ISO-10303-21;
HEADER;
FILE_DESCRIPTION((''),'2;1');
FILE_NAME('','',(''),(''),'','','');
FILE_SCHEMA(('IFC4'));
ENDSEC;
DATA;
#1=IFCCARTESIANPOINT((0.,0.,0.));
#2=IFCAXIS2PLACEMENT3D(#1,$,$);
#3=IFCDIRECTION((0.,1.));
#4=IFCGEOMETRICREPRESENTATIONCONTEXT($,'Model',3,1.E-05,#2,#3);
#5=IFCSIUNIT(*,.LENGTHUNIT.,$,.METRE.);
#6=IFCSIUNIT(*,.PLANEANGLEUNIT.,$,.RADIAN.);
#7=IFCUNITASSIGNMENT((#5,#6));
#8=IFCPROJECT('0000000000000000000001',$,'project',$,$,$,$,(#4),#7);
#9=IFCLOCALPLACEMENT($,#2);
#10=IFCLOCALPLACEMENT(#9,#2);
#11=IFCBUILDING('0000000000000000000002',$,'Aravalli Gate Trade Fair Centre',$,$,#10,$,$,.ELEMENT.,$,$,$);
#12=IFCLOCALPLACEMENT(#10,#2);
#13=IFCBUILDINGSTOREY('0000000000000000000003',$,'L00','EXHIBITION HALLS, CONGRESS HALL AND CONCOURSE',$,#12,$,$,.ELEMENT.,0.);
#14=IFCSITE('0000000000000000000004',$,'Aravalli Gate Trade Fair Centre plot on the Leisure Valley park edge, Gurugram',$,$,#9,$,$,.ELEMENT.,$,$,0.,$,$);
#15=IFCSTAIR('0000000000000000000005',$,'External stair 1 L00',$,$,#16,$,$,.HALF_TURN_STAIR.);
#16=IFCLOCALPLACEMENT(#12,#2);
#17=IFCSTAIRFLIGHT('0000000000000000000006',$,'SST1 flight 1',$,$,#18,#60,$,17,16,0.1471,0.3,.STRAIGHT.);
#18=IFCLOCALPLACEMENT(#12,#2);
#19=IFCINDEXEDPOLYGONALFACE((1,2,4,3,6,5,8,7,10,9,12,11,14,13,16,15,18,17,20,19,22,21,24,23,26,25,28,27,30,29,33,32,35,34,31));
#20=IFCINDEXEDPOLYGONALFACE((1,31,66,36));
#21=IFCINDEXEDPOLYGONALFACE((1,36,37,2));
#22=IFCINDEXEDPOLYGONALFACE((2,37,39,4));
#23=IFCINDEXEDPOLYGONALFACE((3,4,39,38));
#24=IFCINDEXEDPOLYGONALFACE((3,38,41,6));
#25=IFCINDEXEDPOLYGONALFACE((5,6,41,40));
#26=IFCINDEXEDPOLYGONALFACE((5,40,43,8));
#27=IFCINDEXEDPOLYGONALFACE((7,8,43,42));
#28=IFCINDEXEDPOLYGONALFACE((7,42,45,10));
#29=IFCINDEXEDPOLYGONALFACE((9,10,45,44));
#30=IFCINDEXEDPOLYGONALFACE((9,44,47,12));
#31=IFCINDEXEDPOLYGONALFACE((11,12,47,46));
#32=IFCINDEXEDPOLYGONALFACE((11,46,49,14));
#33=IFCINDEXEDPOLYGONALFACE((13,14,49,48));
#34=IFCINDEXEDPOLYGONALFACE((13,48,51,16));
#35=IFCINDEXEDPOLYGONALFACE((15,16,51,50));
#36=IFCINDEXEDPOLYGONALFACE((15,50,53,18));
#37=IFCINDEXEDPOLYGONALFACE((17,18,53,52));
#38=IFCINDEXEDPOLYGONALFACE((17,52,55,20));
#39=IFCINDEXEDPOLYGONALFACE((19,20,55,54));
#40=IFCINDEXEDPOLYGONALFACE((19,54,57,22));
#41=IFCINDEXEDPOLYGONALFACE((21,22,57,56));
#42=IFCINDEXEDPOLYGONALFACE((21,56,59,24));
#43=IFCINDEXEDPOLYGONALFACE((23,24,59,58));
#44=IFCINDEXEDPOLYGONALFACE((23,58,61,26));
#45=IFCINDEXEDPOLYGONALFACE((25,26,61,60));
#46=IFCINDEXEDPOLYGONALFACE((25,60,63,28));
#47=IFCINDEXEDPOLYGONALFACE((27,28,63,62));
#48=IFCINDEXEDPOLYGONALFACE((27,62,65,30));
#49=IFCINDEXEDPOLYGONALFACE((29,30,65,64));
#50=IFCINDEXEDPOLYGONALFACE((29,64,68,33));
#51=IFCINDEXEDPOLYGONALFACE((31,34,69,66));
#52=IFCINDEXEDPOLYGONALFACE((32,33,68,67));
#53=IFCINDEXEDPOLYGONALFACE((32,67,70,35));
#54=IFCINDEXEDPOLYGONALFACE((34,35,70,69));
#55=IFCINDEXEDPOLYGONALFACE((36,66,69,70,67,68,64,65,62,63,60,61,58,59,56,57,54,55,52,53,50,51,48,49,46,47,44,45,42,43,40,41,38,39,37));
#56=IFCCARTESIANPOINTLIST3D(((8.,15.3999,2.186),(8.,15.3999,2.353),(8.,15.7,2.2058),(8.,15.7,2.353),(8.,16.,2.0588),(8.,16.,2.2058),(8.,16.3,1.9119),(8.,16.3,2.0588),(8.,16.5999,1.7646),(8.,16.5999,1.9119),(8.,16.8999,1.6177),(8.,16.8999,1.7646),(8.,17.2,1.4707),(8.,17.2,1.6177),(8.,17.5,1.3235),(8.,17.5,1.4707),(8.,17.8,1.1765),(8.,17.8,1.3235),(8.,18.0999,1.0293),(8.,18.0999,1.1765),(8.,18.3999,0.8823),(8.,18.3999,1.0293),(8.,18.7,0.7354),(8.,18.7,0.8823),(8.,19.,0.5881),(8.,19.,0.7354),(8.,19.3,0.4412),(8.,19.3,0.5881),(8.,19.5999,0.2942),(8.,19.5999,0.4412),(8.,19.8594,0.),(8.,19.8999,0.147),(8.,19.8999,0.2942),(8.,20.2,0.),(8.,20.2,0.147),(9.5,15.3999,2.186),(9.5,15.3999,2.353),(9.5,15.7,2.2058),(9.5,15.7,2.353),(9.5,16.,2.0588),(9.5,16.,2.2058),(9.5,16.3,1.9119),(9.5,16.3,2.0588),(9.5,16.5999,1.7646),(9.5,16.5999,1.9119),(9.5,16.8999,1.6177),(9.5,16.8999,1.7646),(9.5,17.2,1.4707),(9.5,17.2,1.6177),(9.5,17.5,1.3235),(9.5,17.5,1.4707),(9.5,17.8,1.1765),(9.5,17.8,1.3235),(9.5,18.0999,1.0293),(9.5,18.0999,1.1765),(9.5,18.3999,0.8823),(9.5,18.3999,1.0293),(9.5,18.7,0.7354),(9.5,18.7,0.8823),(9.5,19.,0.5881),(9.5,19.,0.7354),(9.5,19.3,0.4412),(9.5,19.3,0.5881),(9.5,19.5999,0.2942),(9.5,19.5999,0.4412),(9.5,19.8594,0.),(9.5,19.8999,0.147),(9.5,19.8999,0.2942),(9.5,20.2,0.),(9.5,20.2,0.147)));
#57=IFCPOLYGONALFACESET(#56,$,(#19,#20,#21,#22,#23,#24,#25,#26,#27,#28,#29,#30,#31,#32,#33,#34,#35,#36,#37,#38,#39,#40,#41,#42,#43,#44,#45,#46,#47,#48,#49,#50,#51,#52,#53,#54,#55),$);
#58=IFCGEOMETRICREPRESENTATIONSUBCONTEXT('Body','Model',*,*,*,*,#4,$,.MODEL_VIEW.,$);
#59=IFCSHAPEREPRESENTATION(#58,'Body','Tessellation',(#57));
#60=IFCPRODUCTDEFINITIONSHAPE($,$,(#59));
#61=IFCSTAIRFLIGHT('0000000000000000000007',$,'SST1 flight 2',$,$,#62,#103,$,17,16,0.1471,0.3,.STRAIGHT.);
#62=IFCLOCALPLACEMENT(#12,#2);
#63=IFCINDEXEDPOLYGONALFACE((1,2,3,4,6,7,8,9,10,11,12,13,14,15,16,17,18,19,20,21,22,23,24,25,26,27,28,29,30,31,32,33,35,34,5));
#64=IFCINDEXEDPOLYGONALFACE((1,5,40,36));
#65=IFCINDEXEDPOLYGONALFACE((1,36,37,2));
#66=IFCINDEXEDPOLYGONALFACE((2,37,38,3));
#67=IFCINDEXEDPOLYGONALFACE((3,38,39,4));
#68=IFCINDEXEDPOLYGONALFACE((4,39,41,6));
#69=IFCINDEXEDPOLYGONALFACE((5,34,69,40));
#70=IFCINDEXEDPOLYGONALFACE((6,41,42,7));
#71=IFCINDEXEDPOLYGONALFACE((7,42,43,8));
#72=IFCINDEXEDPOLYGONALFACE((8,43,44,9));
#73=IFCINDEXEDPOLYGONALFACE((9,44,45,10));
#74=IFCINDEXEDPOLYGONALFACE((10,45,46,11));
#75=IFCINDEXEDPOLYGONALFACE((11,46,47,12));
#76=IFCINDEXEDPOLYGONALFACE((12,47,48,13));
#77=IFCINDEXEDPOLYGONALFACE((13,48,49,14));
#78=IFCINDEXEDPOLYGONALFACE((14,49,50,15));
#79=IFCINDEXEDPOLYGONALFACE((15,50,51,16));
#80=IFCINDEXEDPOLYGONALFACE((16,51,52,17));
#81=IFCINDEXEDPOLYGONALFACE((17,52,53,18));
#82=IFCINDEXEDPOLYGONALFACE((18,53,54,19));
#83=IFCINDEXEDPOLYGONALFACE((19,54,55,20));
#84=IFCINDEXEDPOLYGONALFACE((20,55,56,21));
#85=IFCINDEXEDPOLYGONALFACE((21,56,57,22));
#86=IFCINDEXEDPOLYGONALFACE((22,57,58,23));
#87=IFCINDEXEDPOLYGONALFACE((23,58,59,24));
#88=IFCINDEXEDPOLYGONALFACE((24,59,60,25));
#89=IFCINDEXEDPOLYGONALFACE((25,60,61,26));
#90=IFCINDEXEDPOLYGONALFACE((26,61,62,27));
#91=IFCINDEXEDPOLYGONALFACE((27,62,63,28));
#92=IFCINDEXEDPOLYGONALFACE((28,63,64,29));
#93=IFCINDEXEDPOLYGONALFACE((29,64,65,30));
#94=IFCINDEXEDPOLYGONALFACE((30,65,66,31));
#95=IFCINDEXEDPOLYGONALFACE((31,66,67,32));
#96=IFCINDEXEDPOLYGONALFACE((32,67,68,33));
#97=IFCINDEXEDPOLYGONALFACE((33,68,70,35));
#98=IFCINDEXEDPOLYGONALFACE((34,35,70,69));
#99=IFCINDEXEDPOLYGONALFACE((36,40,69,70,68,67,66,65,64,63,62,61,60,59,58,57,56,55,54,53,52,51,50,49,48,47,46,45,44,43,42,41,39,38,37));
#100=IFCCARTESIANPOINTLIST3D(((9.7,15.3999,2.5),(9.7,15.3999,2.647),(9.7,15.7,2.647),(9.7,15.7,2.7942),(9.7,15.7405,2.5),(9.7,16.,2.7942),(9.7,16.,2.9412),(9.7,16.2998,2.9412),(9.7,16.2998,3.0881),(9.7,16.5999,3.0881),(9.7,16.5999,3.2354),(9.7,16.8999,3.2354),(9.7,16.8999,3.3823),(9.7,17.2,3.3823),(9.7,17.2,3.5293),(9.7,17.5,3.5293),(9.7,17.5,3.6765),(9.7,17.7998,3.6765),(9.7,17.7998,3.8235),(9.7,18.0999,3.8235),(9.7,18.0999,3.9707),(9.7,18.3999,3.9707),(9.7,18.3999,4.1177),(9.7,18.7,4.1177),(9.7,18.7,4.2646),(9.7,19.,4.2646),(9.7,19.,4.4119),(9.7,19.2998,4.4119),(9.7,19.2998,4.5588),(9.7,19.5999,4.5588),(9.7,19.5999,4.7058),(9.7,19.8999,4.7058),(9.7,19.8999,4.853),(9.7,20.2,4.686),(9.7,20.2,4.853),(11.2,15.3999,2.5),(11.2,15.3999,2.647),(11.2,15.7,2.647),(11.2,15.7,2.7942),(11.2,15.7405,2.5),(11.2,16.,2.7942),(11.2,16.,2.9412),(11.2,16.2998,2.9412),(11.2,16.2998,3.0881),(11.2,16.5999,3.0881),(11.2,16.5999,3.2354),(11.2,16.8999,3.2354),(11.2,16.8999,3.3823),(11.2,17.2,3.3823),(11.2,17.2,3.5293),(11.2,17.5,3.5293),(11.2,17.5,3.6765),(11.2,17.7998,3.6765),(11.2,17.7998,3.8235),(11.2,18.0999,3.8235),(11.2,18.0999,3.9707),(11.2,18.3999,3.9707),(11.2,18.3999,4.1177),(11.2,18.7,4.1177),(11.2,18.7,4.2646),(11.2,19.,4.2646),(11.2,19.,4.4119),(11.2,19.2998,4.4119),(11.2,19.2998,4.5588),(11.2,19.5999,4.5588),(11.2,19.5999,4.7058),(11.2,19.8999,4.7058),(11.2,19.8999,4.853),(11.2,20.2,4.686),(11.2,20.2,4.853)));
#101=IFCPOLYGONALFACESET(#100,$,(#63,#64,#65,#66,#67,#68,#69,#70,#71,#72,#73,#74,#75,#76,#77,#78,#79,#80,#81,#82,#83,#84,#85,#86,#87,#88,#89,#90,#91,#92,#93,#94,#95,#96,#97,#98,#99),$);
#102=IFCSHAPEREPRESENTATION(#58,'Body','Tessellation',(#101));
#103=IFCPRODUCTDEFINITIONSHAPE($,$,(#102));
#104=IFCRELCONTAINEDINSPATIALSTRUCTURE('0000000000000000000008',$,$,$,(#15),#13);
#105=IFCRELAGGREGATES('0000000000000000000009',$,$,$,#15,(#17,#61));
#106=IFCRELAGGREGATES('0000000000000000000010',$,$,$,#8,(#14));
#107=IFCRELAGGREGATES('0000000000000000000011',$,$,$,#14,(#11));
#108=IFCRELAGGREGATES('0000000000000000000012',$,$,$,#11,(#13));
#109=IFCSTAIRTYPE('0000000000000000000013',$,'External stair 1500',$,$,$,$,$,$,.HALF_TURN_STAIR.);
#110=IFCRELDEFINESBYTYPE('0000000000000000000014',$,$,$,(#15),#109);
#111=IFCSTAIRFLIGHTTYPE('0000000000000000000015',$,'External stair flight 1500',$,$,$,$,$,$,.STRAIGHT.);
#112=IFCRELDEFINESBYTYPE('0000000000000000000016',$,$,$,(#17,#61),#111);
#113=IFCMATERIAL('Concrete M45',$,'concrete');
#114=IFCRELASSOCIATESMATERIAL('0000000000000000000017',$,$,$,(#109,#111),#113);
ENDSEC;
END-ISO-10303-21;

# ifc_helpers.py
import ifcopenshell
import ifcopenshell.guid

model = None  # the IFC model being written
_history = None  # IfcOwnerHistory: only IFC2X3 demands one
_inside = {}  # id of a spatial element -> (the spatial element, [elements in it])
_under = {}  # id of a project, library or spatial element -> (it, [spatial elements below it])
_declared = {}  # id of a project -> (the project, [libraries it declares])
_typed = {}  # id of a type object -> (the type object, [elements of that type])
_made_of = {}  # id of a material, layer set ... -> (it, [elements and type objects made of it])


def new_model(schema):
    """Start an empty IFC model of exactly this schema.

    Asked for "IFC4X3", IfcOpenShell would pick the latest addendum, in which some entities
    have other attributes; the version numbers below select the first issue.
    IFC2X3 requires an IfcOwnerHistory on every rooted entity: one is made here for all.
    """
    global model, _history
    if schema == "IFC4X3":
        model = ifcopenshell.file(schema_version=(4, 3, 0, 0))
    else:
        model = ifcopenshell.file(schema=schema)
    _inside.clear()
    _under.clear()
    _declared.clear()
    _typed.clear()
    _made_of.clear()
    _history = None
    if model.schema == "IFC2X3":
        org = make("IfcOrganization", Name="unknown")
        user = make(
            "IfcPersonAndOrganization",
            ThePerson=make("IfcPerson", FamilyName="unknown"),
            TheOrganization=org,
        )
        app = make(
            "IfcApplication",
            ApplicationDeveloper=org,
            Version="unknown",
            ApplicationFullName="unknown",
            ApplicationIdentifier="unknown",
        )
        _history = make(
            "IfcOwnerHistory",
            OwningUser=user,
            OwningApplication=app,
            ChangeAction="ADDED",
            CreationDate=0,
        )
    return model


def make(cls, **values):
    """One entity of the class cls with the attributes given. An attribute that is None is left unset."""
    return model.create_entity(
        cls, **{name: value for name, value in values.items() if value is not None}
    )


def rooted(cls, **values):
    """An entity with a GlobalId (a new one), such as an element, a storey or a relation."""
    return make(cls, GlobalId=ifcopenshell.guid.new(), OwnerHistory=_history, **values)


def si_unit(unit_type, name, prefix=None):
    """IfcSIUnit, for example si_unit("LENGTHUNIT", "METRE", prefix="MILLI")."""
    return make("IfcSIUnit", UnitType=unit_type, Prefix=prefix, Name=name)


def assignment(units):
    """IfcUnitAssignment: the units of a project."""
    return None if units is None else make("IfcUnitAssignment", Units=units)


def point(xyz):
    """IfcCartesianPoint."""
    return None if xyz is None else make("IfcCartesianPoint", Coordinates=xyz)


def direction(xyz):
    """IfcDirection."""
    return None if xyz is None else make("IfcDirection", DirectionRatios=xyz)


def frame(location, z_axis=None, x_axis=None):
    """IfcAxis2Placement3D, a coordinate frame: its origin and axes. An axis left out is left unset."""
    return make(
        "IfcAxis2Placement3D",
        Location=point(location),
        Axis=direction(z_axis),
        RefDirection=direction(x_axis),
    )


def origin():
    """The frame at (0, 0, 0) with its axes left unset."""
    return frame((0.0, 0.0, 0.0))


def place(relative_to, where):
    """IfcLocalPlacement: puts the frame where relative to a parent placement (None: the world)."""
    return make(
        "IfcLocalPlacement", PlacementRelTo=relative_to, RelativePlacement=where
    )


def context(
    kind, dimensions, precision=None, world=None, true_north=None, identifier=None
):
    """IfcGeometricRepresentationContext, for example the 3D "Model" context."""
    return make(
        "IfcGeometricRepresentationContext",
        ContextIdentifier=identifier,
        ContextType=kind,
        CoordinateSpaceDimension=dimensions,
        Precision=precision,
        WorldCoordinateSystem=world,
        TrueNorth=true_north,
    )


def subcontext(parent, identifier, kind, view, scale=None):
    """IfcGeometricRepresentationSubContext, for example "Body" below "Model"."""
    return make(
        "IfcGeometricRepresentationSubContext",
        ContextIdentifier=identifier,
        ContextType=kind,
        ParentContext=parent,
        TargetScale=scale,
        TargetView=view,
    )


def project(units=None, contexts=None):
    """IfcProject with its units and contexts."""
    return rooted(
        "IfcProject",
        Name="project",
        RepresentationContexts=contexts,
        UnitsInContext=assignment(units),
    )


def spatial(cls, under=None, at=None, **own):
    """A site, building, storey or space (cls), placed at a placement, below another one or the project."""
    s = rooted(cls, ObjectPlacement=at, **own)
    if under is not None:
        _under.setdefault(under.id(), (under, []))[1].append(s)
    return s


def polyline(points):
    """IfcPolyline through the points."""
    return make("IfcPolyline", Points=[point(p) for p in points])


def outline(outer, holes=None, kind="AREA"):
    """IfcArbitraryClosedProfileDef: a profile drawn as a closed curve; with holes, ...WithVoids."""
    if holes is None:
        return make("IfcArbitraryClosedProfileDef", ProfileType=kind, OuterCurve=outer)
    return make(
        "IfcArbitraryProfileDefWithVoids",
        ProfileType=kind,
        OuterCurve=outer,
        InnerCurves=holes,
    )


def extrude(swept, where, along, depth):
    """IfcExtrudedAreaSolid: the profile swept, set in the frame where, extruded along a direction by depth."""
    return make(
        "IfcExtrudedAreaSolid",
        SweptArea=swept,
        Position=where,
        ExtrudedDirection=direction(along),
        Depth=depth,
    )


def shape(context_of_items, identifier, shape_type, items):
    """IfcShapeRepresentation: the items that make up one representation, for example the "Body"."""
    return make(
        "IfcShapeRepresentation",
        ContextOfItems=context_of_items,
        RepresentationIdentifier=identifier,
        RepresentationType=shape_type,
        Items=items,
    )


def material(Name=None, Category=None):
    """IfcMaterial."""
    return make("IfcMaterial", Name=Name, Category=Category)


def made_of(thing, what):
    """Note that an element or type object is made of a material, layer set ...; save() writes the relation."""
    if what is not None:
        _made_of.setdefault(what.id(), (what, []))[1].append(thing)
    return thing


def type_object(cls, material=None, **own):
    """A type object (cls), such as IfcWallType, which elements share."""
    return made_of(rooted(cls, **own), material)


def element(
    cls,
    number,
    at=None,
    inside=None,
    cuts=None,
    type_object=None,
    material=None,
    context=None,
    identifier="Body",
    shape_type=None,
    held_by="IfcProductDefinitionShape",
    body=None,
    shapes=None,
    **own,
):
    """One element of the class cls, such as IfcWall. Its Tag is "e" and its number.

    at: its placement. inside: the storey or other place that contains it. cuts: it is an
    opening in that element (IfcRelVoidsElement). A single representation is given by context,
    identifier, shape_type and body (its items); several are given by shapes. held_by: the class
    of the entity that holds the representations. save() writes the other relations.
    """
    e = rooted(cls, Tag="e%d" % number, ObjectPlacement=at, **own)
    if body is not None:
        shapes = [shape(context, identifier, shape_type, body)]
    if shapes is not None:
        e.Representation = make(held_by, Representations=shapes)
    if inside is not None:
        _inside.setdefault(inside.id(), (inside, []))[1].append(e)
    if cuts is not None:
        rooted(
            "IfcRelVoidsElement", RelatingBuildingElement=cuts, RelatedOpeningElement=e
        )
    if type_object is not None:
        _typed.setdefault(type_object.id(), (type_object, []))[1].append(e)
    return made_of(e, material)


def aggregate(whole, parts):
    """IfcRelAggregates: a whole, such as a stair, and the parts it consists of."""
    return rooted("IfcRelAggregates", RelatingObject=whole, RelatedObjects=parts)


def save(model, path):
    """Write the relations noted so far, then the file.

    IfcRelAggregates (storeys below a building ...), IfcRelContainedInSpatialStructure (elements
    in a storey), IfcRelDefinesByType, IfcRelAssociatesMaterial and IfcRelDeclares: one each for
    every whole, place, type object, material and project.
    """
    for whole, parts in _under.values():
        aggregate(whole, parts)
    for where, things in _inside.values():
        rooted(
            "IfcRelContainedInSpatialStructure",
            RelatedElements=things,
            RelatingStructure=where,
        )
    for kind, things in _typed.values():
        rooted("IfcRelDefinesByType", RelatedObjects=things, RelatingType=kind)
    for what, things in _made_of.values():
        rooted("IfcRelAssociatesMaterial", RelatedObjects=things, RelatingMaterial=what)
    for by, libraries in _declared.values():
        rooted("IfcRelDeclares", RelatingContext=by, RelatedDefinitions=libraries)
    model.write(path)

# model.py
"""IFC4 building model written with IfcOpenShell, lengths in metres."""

from ifc_helpers import new_model, si_unit, direction, frame, origin, place, context, subcontext, project, spatial, polyline, outline, extrude, material, type_object, element, aggregate, save


model = new_model("IFC4")

# Units and contexts
model_context = context("Model", 3, precision=1e-05, world=origin(), true_north=direction((0.0, 1.0)))
body_context = subcontext(model_context, "Body", "Model", "MODEL_VIEW")
ifc_project = project(units=[si_unit("LENGTHUNIT", "METRE"), si_unit("PLANEANGLEUNIT", "RADIAN")], contexts=[model_context])

# Site, building, storey
site_placement = place(None, origin())
site = spatial("IfcSite", under=ifc_project, at=site_placement, Name="Aravalli Gate Trade Fair Centre plot on the Leisure Valley park edge, Gurugram", CompositionType="ELEMENT", RefElevation=0.0)
building_placement = place(site_placement, origin())
building = spatial("IfcBuilding", under=site, at=building_placement, Name="Aravalli Gate Trade Fair Centre", CompositionType="ELEMENT")
storey_placement = place(building_placement, origin())
storey = spatial("IfcBuildingStorey", under=building, at=storey_placement, Name="L00", Description="EXHIBITION HALLS, CONGRESS HALL AND CONCOURSE", CompositionType="ELEMENT", Elevation=0.0)

# Shared definitions
ifc_material_1 = material(Name="Concrete M45", Category="concrete")

# Stair, stair flights
stair_type = type_object("IfcStairType", Name="External stair 1500", PredefinedType="HALF_TURN_STAIR", material=ifc_material_1)
stair_placement = place(storey_placement, origin())
stair = element("IfcStair", 1, at=stair_placement, inside=storey, type_object=stair_type, Name="External stair 1 L00", PredefinedType="HALF_TURN_STAIR")
stair_flight_type = type_object("IfcStairFlightType", Name="External stair flight 1500", PredefinedType="STRAIGHT", material=ifc_material_1)
stair_flight_1_placement = place(storey_placement, frame((8.75, 20.2, 0.0), z_axis=(0.0, 0.0, 1.0), x_axis=(0.0, -1.0, 0.0)))
stair_flight_1 = element("IfcStairFlight", 2, at=stair_flight_1_placement, type_object=stair_flight_type, Name="SST1 flight 1", NumberOfRisers=17, NumberOfTreads=16, PredefinedType="STRAIGHT", RiserHeight=0.1471, TreadLength=0.3, context=body_context, shape_type="SweptSolid", body=[
    extrude(outline(polyline([(0.0, 0.0), (0.0, 0.147), (0.3, 0.147), (0.3, 0.2942), (0.6001, 0.2942), (0.6001, 0.4412), (0.8999, 0.4412), (0.8999, 0.5881), (1.2, 0.5881), (1.2, 0.7354), (1.5, 0.7354), (1.5, 0.8823), (1.8, 0.8823), (1.8, 1.0293), (2.1001, 1.0293), (2.1001, 1.1765), (2.3999, 1.1765), (2.3999, 1.3235), (2.7, 1.3235), (2.7, 1.4707), (3.0, 1.4707), (3.0, 1.6177), (3.3, 1.6177), (3.3, 1.7646), (3.6001, 1.7646), (3.6001, 1.9119), (3.8999, 1.9119), (3.8999, 2.0588), (4.2, 2.0588), (4.2, 2.2058), (4.5, 2.2058), (4.5, 2.353), (4.8, 2.353), (4.8, 2.5), (4.8, 2.186), (0.3406, 0.0), (0.0, 0.0)])), frame((0.0, 0.75, 0.0), z_axis=(0.0, -1.0, 0.0), x_axis=(1.0, 0.0, 0.0)), (0.0, 0.0, 1.0), 1.5),
])
stair_flight_2_placement = place(storey_placement, frame((10.45, 15.3999, 2.5), z_axis=(0.0, 0.0, 1.0), x_axis=(0.0, 1.0, 0.0)))
stair_flight_2 = element("IfcStairFlight", 3, at=stair_flight_2_placement, type_object=stair_flight_type, Name="SST1 flight 2", NumberOfRisers=17, NumberOfTreads=16, PredefinedType="STRAIGHT", RiserHeight=0.1471, TreadLength=0.3, context=body_context, shape_type="SweptSolid", body=[
    extrude(outline(polyline([(0.0, 0.0), (0.0, 0.147), (0.3, 0.147), (0.3, 0.2942), (0.6001, 0.2942), (0.6001, 0.4412), (0.8999, 0.4412), (0.8999, 0.5881), (1.2, 0.5881), (1.2, 0.7354), (1.5, 0.7354), (1.5, 0.8823), (1.8, 0.8823), (1.8, 1.0293), (2.1001, 1.0293), (2.1001, 1.1765), (2.3999, 1.1765), (2.3999, 1.3235), (2.7, 1.3235), (2.7, 1.4707), (3.0, 1.4707), (3.0, 1.6177), (3.3, 1.6177), (3.3, 1.7646), (3.6001, 1.7646), (3.6001, 1.9119), (3.8999, 1.9119), (3.8999, 2.0588), (4.2, 2.0588), (4.2, 2.2058), (4.5, 2.2058), (4.5, 2.353), (4.8, 2.353), (4.8, 2.5), (4.8, 2.186), (0.3406, 0.0), (0.0, 0.0)])), frame((0.0, 0.75, 0.0), z_axis=(0.0, -1.0, 0.0), x_axis=(1.0, 0.0, 0.0)), (0.0, 0.0, 1.0), 1.5),
])
aggregate(stair, [stair_flight_1, stair_flight_2])

save(model, "model.ifc")
